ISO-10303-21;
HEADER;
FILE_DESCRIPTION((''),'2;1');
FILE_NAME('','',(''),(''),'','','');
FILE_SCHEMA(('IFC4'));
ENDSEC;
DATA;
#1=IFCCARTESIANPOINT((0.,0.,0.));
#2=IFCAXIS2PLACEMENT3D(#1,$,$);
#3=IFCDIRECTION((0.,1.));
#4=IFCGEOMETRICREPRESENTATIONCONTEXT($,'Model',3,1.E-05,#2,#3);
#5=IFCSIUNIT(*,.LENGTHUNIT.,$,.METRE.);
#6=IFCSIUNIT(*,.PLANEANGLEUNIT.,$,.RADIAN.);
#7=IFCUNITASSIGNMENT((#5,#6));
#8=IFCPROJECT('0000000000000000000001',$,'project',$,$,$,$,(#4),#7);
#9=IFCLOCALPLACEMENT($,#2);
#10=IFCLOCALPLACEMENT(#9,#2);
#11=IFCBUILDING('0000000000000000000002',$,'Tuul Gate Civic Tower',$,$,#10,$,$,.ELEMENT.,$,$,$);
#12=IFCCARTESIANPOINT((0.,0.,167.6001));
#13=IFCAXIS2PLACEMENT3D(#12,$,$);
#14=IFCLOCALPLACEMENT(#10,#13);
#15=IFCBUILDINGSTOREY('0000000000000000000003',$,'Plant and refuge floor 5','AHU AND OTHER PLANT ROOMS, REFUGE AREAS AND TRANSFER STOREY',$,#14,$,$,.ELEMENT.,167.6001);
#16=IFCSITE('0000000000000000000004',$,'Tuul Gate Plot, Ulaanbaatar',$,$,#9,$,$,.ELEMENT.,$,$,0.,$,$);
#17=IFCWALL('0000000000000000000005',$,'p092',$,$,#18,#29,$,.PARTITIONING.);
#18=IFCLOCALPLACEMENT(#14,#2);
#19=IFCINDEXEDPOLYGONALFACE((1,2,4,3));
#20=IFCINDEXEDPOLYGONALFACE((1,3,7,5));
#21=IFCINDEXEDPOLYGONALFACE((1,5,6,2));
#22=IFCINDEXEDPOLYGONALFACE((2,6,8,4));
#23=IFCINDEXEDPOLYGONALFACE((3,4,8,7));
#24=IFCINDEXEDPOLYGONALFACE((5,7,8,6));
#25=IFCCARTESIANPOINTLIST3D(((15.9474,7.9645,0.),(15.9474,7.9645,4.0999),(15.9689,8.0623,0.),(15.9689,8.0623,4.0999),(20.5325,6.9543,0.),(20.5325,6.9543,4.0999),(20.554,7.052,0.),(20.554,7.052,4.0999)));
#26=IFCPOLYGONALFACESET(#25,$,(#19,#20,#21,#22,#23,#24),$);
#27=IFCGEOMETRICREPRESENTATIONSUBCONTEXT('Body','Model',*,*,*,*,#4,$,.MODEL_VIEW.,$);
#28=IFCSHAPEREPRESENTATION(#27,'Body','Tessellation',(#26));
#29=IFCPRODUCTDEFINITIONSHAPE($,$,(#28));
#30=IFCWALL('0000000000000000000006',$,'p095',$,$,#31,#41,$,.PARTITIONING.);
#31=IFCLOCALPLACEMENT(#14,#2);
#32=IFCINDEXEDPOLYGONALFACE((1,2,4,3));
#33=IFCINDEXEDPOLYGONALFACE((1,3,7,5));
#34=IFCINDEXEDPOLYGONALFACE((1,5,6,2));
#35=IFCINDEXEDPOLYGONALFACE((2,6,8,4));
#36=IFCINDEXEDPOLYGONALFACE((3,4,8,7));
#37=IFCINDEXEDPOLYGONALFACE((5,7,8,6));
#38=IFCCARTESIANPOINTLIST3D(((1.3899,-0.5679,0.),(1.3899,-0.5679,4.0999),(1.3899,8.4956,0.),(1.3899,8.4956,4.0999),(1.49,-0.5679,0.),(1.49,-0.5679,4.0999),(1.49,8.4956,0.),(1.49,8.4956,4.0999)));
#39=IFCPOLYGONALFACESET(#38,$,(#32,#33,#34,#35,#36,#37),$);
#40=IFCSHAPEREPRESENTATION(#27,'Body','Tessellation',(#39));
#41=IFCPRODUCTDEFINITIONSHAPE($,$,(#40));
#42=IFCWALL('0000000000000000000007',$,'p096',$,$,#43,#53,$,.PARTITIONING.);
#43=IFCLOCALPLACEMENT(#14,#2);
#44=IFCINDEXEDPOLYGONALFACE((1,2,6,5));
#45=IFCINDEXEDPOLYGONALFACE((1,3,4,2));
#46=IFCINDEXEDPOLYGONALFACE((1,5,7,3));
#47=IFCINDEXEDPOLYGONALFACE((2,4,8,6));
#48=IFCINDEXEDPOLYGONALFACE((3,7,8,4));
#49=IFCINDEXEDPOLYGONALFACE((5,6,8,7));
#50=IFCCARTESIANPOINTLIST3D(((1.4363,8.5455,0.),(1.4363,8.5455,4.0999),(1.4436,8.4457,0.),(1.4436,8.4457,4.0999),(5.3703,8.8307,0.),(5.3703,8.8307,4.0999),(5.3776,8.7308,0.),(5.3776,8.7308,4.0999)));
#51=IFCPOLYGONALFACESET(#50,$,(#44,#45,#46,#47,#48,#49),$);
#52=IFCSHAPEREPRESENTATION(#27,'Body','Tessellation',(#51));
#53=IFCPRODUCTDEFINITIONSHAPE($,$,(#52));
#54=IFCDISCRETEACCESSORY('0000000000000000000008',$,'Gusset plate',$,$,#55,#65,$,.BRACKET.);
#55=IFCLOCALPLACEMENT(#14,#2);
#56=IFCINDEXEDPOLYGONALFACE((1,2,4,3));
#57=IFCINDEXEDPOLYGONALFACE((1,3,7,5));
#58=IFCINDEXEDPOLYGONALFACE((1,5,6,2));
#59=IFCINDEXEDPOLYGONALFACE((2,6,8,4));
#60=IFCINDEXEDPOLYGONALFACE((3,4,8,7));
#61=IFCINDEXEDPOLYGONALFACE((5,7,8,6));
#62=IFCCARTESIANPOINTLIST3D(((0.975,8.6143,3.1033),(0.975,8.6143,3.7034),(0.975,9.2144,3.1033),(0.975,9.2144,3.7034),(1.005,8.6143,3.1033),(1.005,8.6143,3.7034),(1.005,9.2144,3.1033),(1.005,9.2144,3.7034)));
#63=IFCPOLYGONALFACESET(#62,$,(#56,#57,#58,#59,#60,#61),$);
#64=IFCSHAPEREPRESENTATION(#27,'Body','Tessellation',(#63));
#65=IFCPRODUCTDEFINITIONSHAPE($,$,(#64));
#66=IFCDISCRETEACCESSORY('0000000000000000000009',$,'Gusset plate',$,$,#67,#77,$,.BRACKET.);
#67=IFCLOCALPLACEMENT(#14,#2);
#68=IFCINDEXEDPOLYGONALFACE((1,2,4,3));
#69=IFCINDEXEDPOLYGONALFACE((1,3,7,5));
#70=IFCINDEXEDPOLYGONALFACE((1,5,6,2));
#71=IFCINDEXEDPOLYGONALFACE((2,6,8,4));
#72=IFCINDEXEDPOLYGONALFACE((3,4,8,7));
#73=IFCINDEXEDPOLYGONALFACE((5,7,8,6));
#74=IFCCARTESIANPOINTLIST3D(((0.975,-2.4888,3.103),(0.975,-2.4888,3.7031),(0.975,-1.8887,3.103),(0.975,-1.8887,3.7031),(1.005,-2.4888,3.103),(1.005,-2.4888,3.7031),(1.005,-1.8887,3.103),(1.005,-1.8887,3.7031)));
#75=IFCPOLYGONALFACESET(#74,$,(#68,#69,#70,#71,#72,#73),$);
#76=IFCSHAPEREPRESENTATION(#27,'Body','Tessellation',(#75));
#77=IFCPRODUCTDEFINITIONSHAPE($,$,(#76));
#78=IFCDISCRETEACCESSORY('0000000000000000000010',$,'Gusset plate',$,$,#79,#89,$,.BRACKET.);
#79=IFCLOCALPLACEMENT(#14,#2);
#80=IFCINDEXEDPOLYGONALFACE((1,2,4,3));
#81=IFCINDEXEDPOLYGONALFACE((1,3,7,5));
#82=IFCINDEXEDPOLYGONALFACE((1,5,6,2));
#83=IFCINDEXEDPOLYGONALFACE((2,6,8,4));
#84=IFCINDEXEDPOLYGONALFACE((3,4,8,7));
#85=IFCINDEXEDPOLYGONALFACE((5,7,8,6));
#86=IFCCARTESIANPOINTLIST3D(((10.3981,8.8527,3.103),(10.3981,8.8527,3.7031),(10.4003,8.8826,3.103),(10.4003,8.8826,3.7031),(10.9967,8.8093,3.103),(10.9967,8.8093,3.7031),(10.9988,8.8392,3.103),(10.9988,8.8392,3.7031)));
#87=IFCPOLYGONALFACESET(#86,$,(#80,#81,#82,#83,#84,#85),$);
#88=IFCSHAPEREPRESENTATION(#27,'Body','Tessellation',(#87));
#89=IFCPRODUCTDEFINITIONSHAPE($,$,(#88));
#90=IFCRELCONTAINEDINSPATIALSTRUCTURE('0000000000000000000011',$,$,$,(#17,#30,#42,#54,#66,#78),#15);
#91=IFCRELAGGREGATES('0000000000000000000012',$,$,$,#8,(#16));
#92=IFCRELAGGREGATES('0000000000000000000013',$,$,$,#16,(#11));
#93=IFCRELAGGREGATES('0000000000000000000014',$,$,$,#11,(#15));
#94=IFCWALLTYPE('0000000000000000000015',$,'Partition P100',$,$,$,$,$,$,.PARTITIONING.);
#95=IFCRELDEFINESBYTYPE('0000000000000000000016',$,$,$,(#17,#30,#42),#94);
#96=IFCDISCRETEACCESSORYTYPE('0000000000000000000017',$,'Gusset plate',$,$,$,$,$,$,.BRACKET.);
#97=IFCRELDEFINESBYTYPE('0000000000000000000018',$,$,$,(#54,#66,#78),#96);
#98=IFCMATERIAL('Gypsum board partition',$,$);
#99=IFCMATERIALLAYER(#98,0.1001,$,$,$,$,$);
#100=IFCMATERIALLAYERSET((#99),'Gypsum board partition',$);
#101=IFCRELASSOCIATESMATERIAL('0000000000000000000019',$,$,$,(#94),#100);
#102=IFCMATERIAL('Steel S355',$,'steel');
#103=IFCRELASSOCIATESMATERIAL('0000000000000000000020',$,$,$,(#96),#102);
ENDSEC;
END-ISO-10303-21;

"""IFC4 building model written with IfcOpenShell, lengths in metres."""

from ifc_helpers import new_model, si_unit, direction, frame, frame_2d, origin, origin_2d, place, context, subcontext, project, spatial, rectangle, extrude, material, layer, layer_set, type_object, element, save


model = new_model("IFC4")

# Units and contexts
model_context = context("Model", 3, precision=1e-05, world=origin(), true_north=direction((0.0, 1.0)))
body_context = subcontext(model_context, "Body", "Model", "MODEL_VIEW")
ifc_project = project(units=[si_unit("LENGTHUNIT", "METRE"), si_unit("PLANEANGLEUNIT", "RADIAN")], contexts=[model_context])

# Site, building, storey
site_placement = place(None, origin())
site = spatial("IfcSite", under=ifc_project, at=site_placement, Name="Tuul Gate Plot, Ulaanbaatar", CompositionType="ELEMENT", RefElevation=0.0)
building_placement = place(site_placement, origin())
building = spatial("IfcBuilding", under=site, at=building_placement, Name="Tuul Gate Civic Tower", CompositionType="ELEMENT")
storey_placement = place(building_placement, frame((0.0, 0.0, 167.6001)))
storey = spatial("IfcBuildingStorey", under=building, at=storey_placement, Name="Plant and refuge floor 5", Description="AHU AND OTHER PLANT ROOMS, REFUGE AREAS AND TRANSFER STOREY", CompositionType="ELEMENT", Elevation=167.6001)

# Walls
ifc_material_1 = material(Name="Gypsum board partition")
ifc_layer_1 = layer(ifc_material_1, 0.1001)
ifc_layer_set_1 = layer_set([ifc_layer_1], Name="Gypsum board partition")
wall_type_1 = type_object("IfcWallType", Name="Partition P100", PredefinedType="PARTITIONING", material=ifc_layer_set_1)
wall_1_placement = place(storey_placement, frame((15.958, 8.0134, 0.0), z_axis=(0.0, 0.0, 1.0), x_axis=(0.976577, -0.215168, 0.0)))
element("IfcWall", 1, at=wall_1_placement, inside=storey, type_object=wall_type_1, Name="p092", PredefinedType="PARTITIONING", context=body_context, shape_type="SweptSolid", body=[
    extrude(rectangle(XDim=4.6951, YDim=0.1001, at=frame_2d((2.3477, 0.0))), origin(), (0.0, 0.0, 1.0), 4.0999),
])
wall_2_placement = place(storey_placement, frame((1.4399, -0.5679, 0.0), z_axis=(0.0, 0.0, 1.0), x_axis=(0.0, 1.0, 0.0)))
element("IfcWall", 2, at=wall_2_placement, inside=storey, type_object=wall_type_1, Name="p095", PredefinedType="PARTITIONING", context=body_context, shape_type="SweptSolid", body=[
    extrude(rectangle(XDim=9.0635, YDim=0.1001, at=frame_2d((4.5317, 0.0))), origin(), (0.0, 0.0, 1.0), 4.0999),
])
wall_3_placement = place(storey_placement, frame((1.4399, 8.4956, 0.0), z_axis=(0.0, 0.0, 1.0), x_axis=(0.997383, 0.072294, 0.0)))
element("IfcWall", 3, at=wall_3_placement, inside=storey, type_object=wall_type_1, Name="p096", PredefinedType="PARTITIONING", context=body_context, shape_type="SweptSolid", body=[
    extrude(rectangle(XDim=3.9443, YDim=0.1001, at=frame_2d((1.9722, 0.0))), origin(), (0.0, 0.0, 1.0), 4.0999),
])

# Discrete accessories
ifc_material_2 = material(Name="Steel S355", Category="steel")
discrete_accessory_type = type_object("IfcDiscreteAccessoryType", Name="Gusset plate", PredefinedType="BRACKET", material=ifc_material_2)
for number, where, z_axis, x_axis, name in (
    (4, (0.99, 8.9143, 3.1033), (0.0, 0.0, 1.0), (0.0, 1.0, 0.0), "Gusset plate"),
    (5, (0.99, -2.1887, 3.103), (0.0, 0.0, 1.0), (0.0, 1.0, 0.0), "Gusset plate"),
    (6, (10.6985, 8.8459, 3.103), (0.0, 0.0, 1.0), (0.997383, -0.072305, 0.0), "Gusset plate"),
):
    element("IfcDiscreteAccessory", number, at=place(storey_placement, frame(where, z_axis=z_axis, x_axis=x_axis)), inside=storey, type_object=discrete_accessory_type, Name=name, PredefinedType="BRACKET", context=body_context, shape_type="SweptSolid", body=[
        extrude(rectangle(XDim=0.6001, YDim=0.03, at=origin_2d()), origin(), (0.0, 0.0, 1.0), 0.6001),
    ])

save(model, "model.ifc")
